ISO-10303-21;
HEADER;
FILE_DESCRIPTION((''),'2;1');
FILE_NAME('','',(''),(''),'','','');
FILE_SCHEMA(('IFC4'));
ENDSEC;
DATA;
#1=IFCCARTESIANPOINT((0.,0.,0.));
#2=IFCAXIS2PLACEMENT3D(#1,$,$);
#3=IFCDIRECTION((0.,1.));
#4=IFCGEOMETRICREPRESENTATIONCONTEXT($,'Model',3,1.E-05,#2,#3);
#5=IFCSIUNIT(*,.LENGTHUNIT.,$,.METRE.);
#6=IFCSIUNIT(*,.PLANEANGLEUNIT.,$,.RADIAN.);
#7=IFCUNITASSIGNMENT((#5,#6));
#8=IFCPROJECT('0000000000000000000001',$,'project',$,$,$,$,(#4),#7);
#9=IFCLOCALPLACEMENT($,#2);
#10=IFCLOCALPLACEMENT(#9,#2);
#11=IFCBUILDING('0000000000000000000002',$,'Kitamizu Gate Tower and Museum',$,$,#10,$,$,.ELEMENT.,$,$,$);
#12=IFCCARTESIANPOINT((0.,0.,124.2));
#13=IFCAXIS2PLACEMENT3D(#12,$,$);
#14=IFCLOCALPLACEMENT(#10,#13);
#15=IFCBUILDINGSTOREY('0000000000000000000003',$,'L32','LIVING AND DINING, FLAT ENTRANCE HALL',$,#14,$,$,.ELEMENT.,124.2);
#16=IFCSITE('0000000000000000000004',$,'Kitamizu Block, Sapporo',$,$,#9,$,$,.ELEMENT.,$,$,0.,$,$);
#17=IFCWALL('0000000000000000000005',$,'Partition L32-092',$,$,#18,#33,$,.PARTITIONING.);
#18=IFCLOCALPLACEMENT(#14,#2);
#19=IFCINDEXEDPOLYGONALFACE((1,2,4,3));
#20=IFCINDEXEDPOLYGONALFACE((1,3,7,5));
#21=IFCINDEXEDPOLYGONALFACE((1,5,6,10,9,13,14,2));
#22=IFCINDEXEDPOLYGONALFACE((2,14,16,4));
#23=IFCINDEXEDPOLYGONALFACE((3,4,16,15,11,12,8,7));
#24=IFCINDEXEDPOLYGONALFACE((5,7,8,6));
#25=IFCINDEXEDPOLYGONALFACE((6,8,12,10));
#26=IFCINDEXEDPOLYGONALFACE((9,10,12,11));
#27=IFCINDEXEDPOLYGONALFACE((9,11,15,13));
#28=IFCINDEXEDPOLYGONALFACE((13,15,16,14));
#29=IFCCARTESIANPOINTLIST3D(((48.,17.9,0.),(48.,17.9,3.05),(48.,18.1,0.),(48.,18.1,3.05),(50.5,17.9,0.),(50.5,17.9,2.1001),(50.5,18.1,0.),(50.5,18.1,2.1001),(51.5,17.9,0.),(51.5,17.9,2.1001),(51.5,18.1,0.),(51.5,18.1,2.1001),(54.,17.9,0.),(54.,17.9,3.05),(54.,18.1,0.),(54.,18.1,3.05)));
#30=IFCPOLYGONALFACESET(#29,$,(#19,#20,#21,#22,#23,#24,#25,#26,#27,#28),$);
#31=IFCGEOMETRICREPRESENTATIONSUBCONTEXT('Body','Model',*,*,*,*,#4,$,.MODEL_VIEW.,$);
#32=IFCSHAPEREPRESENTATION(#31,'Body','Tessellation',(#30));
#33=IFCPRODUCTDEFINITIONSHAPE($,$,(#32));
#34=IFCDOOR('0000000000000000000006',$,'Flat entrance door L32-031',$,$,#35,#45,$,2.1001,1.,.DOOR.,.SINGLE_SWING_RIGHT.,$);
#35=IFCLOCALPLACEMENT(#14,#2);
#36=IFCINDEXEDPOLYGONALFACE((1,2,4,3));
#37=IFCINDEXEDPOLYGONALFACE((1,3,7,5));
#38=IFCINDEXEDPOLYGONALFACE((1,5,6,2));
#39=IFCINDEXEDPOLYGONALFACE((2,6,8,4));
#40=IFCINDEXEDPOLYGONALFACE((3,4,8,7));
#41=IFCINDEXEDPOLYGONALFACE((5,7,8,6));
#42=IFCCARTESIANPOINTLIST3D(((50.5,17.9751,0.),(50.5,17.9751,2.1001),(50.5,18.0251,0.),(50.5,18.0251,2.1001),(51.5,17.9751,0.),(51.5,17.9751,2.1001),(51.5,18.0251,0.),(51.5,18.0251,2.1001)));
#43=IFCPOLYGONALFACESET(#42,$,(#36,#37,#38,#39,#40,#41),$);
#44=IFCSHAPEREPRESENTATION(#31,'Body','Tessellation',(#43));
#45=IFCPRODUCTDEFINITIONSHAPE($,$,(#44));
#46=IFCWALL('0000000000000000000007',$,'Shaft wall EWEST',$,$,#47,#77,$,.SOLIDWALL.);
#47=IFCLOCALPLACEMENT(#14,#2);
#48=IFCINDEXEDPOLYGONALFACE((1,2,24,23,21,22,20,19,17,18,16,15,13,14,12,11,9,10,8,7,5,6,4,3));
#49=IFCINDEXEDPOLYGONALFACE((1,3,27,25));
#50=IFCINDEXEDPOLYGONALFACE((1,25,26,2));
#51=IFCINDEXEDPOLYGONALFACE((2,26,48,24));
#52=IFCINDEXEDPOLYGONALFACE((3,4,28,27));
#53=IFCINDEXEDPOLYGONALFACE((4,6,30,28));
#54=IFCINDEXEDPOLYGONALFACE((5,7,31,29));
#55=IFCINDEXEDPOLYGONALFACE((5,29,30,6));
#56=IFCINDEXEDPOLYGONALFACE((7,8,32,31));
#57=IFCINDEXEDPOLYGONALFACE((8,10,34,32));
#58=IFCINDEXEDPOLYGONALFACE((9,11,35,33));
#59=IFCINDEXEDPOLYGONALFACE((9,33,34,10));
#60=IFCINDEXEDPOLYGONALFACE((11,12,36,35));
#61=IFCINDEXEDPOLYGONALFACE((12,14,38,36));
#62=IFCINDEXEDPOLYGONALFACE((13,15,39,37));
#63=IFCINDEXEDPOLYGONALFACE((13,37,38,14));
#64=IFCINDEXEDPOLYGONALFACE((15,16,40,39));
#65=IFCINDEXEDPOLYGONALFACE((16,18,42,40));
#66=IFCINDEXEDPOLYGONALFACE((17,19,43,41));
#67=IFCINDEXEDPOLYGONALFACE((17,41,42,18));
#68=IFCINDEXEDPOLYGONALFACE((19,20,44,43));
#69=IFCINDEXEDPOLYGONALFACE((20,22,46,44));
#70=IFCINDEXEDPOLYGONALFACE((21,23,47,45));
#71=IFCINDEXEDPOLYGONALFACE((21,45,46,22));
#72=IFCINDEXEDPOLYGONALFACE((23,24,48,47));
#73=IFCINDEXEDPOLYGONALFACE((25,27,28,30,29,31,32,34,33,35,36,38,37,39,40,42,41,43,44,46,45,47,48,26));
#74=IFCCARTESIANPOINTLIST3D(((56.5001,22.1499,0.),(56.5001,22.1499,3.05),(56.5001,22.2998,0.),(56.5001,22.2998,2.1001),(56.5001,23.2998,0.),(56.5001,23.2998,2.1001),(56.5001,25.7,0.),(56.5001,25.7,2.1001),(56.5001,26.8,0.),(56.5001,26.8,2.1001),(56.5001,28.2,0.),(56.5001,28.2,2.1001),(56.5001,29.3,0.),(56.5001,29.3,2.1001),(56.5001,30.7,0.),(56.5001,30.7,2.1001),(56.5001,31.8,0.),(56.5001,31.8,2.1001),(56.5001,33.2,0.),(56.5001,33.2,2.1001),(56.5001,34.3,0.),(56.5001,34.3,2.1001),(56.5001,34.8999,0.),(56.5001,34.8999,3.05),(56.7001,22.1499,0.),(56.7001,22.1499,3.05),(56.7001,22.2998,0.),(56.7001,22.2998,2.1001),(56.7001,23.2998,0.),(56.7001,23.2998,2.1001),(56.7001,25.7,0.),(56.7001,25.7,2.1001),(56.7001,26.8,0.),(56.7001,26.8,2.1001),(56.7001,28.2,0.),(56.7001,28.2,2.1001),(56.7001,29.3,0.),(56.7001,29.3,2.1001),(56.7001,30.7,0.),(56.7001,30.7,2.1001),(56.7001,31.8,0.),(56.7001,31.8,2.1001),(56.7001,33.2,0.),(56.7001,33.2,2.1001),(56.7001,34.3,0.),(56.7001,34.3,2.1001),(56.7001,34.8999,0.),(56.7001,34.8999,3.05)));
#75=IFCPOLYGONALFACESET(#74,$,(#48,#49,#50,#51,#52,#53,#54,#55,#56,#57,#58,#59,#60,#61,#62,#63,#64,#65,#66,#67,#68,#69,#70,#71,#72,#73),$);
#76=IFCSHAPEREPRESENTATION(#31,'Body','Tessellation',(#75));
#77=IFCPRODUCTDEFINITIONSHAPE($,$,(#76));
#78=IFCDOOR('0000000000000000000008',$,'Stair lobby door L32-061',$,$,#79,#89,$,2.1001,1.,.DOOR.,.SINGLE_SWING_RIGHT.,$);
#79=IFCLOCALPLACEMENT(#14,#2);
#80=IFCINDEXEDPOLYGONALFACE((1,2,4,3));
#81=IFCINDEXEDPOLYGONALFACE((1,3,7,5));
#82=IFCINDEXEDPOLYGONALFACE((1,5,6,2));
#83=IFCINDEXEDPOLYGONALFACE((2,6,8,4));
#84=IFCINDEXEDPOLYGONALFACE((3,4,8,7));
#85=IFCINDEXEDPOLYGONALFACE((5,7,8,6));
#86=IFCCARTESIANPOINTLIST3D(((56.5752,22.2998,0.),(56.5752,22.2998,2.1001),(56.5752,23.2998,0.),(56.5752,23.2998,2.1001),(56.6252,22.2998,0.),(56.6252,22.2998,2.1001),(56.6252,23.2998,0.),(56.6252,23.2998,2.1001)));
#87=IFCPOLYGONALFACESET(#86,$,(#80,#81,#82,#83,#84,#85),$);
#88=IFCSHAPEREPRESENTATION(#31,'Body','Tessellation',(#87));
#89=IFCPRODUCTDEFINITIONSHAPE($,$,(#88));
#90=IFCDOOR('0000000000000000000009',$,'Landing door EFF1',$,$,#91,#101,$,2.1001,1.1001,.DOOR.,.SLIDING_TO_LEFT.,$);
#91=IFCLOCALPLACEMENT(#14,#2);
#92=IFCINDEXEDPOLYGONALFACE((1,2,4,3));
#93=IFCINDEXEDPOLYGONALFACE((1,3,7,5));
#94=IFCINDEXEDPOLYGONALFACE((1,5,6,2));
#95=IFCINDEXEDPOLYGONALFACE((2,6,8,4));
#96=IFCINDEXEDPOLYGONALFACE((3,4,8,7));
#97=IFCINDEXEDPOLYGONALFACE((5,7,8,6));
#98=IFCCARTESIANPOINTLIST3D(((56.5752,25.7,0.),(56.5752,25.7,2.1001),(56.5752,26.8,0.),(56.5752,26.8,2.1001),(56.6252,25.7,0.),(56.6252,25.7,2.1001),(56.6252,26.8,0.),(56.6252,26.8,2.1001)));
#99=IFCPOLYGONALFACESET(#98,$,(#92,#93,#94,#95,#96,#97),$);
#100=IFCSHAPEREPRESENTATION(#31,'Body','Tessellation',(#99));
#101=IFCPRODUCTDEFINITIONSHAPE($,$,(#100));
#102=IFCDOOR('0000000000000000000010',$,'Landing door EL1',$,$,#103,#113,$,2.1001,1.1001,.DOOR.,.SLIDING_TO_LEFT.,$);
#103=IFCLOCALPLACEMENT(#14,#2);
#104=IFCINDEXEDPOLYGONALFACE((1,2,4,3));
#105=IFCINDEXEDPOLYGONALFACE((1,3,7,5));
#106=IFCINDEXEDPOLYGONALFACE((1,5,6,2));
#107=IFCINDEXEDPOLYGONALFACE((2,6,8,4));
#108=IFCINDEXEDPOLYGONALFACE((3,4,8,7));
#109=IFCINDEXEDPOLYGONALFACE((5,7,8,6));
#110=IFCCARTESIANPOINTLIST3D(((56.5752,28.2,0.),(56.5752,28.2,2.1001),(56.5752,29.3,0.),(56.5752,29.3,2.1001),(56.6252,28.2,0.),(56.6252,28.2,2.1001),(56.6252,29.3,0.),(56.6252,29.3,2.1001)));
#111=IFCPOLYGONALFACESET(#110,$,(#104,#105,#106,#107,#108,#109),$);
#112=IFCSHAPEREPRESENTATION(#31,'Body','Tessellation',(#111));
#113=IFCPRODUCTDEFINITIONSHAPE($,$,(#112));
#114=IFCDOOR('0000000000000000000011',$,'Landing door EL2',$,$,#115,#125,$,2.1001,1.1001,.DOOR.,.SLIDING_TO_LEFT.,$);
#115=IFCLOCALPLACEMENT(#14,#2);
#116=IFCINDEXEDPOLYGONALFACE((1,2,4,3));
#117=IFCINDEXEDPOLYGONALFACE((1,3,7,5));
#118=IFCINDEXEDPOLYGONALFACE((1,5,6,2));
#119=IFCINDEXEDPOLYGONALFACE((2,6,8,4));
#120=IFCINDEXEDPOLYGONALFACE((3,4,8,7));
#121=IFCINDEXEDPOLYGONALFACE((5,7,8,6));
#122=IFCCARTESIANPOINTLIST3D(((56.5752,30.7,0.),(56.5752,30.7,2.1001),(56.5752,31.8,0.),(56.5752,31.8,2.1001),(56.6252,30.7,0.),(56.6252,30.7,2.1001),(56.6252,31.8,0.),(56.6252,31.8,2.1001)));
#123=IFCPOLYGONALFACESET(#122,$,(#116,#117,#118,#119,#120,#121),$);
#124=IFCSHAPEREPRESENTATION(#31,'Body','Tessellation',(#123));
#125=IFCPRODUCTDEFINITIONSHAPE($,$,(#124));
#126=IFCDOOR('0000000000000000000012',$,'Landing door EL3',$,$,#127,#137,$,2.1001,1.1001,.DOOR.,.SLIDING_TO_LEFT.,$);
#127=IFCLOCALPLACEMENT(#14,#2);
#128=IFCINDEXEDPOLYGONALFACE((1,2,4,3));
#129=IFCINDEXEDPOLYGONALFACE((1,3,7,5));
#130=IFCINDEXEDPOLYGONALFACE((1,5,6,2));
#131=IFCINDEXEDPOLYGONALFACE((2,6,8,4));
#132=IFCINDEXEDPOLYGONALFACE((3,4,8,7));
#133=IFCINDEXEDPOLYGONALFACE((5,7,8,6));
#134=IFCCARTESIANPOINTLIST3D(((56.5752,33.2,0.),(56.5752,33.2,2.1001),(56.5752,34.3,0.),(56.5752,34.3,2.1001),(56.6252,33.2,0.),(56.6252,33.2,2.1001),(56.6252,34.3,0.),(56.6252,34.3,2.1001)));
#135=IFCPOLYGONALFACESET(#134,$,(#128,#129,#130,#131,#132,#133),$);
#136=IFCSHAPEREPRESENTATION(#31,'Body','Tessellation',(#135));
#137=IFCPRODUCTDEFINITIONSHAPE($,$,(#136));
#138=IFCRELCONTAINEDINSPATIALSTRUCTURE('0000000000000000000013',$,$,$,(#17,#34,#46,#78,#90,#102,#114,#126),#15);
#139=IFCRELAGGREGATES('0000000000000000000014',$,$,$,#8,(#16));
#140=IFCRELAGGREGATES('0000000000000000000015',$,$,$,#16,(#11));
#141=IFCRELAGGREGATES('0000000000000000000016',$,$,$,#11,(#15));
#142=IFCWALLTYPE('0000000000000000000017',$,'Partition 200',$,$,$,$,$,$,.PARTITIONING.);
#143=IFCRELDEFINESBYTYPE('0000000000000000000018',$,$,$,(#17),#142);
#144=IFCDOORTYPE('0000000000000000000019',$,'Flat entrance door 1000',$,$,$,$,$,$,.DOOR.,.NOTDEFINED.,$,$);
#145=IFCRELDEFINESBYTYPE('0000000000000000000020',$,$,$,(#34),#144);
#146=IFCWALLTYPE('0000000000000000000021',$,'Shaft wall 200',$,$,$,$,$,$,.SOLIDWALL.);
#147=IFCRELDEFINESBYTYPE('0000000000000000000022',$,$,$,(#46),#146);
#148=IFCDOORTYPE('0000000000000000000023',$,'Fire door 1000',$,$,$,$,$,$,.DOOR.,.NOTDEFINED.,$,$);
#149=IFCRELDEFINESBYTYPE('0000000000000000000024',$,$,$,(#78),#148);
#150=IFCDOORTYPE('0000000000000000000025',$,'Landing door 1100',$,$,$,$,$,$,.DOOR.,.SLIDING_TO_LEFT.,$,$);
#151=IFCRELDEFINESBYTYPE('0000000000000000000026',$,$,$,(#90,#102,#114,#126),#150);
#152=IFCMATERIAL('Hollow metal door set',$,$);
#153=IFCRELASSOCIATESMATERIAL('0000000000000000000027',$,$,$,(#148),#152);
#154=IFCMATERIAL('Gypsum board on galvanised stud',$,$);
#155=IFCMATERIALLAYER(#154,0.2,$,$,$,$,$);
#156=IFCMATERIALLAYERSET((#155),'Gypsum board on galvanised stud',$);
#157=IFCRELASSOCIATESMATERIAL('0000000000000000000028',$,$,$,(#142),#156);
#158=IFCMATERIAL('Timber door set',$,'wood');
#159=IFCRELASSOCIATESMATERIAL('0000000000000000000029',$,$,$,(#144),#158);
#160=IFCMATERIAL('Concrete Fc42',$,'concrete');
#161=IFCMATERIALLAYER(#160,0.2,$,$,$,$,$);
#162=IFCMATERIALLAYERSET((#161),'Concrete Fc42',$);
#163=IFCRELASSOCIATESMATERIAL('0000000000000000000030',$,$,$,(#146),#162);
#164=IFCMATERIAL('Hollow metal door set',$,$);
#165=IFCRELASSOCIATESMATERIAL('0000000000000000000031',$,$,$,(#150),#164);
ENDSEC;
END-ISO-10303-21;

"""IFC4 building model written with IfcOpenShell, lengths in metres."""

from ifc_helpers import new_model, si_unit, direction, frame, frame_2d, origin, place, context, subcontext, project, spatial, rectangle, extrude, material, layer, layer_set, type_object, element, fill, save


model = new_model("IFC4")

# Units and contexts
model_context = context("Model", 3, precision=1e-05, world=origin(), true_north=direction((0.0, 1.0)))
body_context = subcontext(model_context, "Body", "Model", "MODEL_VIEW")
ifc_project = project(units=[si_unit("LENGTHUNIT", "METRE"), si_unit("PLANEANGLEUNIT", "RADIAN")], contexts=[model_context])

# Site, building, storey
site_placement = place(None, origin())
site = spatial("IfcSite", under=ifc_project, at=site_placement, Name="Kitamizu Block, Sapporo", CompositionType="ELEMENT", RefElevation=0.0)
building_placement = place(site_placement, origin())
building = spatial("IfcBuilding", under=site, at=building_placement, Name="Kitamizu Gate Tower and Museum", CompositionType="ELEMENT")
storey_placement = place(building_placement, frame((0.0, 0.0, 124.2)))
storey = spatial("IfcBuildingStorey", under=building, at=storey_placement, Name="L32", Description="LIVING AND DINING, FLAT ENTRANCE HALL", CompositionType="ELEMENT", Elevation=124.2)

# Shared definitions
ifc_material_1 = material(Name="Hollow metal door set")
door_type_1 = type_object("IfcDoorType", Name="Fire door 1000", OperationType="NOTDEFINED", PredefinedType="DOOR", material=ifc_material_1)

# Wall, opening, door
ifc_material_2 = material(Name="Gypsum board on galvanised stud")
ifc_layer_1 = layer(ifc_material_2, 0.2)
ifc_layer_set_1 = layer_set([ifc_layer_1], Name="Gypsum board on galvanised stud")
wall_type_1 = type_object("IfcWallType", Name="Partition 200", PredefinedType="PARTITIONING", material=ifc_layer_set_1)
wall_1_placement = place(storey_placement, frame((54.0, 18.0, 0.0), z_axis=(0.0, 0.0, 1.0), x_axis=(-1.0, 0.0, 0.0)))
wall_1 = element("IfcWall", 1, at=wall_1_placement, inside=storey, type_object=wall_type_1, Name="Partition L32-092", PredefinedType="PARTITIONING", context=body_context, shape_type="SweptSolid", body=[
    extrude(rectangle(XDim=6.0, YDim=0.2, at=frame_2d((3.0, 0.0))), origin(), (0.0, 0.0, 1.0), 3.05),
])
opening_1_placement = place(wall_1_placement, frame((2.5, 0.0, 0.0)))
opening_1 = element("IfcOpeningElement", 2, at=opening_1_placement, cuts=wall_1, PredefinedType="OPENING", context=body_context, shape_type="SweptSolid", body=[
    extrude(rectangle(XDim=1.0, YDim=2.1001, at=frame_2d((0.5, 1.05))), frame((0.0, 0.1099, 0.0), z_axis=(0.0, -1.0, 0.0), x_axis=(1.0, 0.0, 0.0)), (0.0, 0.0, 1.0), 0.22),
])
ifc_material_3 = material(Name="Timber door set", Category="wood")
door_type_2 = type_object("IfcDoorType", Name="Flat entrance door 1000", OperationType="NOTDEFINED", PredefinedType="DOOR", material=ifc_material_3)
door_1_placement = place(opening_1_placement, origin())
door_1 = element("IfcDoor", 3, at=door_1_placement, inside=storey, type_object=door_type_2, Name="Flat entrance door L32-031", OperationType="SINGLE_SWING_RIGHT", OverallHeight=2.1001, OverallWidth=1.0, PredefinedType="DOOR", context=body_context, shape_type="SweptSolid", body=[
    extrude(rectangle(XDim=1.0, YDim=2.1001, at=frame_2d((0.5, 1.05))), frame((0.0, 0.0249, 0.0), z_axis=(0.0, -1.0, 0.0), x_axis=(1.0, 0.0, 0.0)), (0.0, 0.0, 1.0), 0.05),
])
fill(opening_1, door_1)

# Wall, openings, doors
ifc_material_4 = material(Name="Concrete Fc42", Category="concrete")
ifc_layer_2 = layer(ifc_material_4, 0.2)
ifc_layer_set_2 = layer_set([ifc_layer_2], Name="Concrete Fc42")
wall_type_2 = type_object("IfcWallType", Name="Shaft wall 200", PredefinedType="SOLIDWALL", material=ifc_layer_set_2)
wall_2_placement = place(storey_placement, frame((56.6001, 22.1499, 0.0), z_axis=(0.0, 0.0, 1.0), x_axis=(0.0, 1.0, 0.0)))
wall_2 = element("IfcWall", 4, at=wall_2_placement, inside=storey, type_object=wall_type_2, Name="Shaft wall EWEST", PredefinedType="SOLIDWALL", context=body_context, shape_type="SweptSolid", body=[
    extrude(rectangle(XDim=12.75, YDim=0.2, at=frame_2d((6.375, 0.0))), origin(), (0.0, 0.0, 1.0), 3.05),
])
opening_2_placement = place(wall_2_placement, frame((3.55, 0.0, 0.0)))
opening_2 = element("IfcOpeningElement", 5, at=opening_2_placement, cuts=wall_2, PredefinedType="OPENING", context=body_context, shape_type="SweptSolid", body=[
    extrude(rectangle(XDim=1.1001, YDim=2.1001, at=frame_2d((0.55, 1.05))), frame((0.0, 0.1099, 0.0), z_axis=(0.0, -1.0, 0.0), x_axis=(1.0, 0.0, 0.0)), (0.0, 0.0, 1.0), 0.22),
])
opening_3_placement = place(wall_2_placement, frame((6.05, 0.0, 0.0)))
opening_3 = element("IfcOpeningElement", 6, at=opening_3_placement, cuts=wall_2, PredefinedType="OPENING", context=body_context, shape_type="SweptSolid", body=[
    extrude(rectangle(XDim=1.1001, YDim=2.1001, at=frame_2d((0.55, 1.05))), frame((0.0, 0.1099, 0.0), z_axis=(0.0, -1.0, 0.0), x_axis=(1.0, 0.0, 0.0)), (0.0, 0.0, 1.0), 0.22),
])
opening_4_placement = place(wall_2_placement, frame((8.55, 0.0, 0.0)))
opening_4 = element("IfcOpeningElement", 7, at=opening_4_placement, cuts=wall_2, PredefinedType="OPENING", context=body_context, shape_type="SweptSolid", body=[
    extrude(rectangle(XDim=1.1001, YDim=2.1001, at=frame_2d((0.55, 1.05))), frame((0.0, 0.1099, 0.0), z_axis=(0.0, -1.0, 0.0), x_axis=(1.0, 0.0, 0.0)), (0.0, 0.0, 1.0), 0.22),
])
opening_5_placement = place(wall_2_placement, frame((11.05, 0.0, 0.0)))
opening_5 = element("IfcOpeningElement", 8, at=opening_5_placement, cuts=wall_2, PredefinedType="OPENING", context=body_context, shape_type="SweptSolid", body=[
    extrude(rectangle(XDim=1.1001, YDim=2.1001, at=frame_2d((0.55, 1.05))), frame((0.0, 0.1099, 0.0), z_axis=(0.0, -1.0, 0.0), x_axis=(1.0, 0.0, 0.0)), (0.0, 0.0, 1.0), 0.22),
])
opening_6_placement = place(wall_2_placement, frame((0.1499, 0.0, 0.0)))
opening_6 = element("IfcOpeningElement", 9, at=opening_6_placement, cuts=wall_2, PredefinedType="OPENING", context=body_context, shape_type="SweptSolid", body=[
    extrude(rectangle(XDim=1.0, YDim=2.1001, at=frame_2d((0.5, 1.05))), frame((0.0, 0.1099, 0.0), z_axis=(0.0, -1.0, 0.0), x_axis=(1.0, 0.0, 0.0)), (0.0, 0.0, 1.0), 0.22),
])
door_2_placement = place(opening_6_placement, origin())
door_2 = element("IfcDoor", 10, at=door_2_placement, inside=storey, type_object=door_type_1, Name="Stair lobby door L32-061", OperationType="SINGLE_SWING_RIGHT", OverallHeight=2.1001, OverallWidth=1.0, PredefinedType="DOOR", context=body_context, shape_type="SweptSolid", body=[
    extrude(rectangle(XDim=1.0, YDim=2.1001, at=frame_2d((0.5, 1.05))), frame((0.0, 0.0249, 0.0), z_axis=(0.0, -1.0, 0.0), x_axis=(1.0, 0.0, 0.0)), (0.0, 0.0, 1.0), 0.05),
])
fill(opening_6, door_2)
ifc_material_5 = material(Name="Hollow metal door set")
door_type_3 = type_object("IfcDoorType", Name="Landing door 1100", OperationType="SLIDING_TO_LEFT", PredefinedType="DOOR", material=ifc_material_5)
door_3_placement = place(opening_2_placement, origin())
door_3 = element("IfcDoor", 11, at=door_3_placement, inside=storey, type_object=door_type_3, Name="Landing door EFF1", OperationType="SLIDING_TO_LEFT", OverallHeight=2.1001, OverallWidth=1.1001, PredefinedType="DOOR", context=body_context, shape_type="SweptSolid", body=[
    extrude(rectangle(XDim=1.1001, YDim=2.1001, at=frame_2d((0.55, 1.05))), frame((0.0, 0.0249, 0.0), z_axis=(0.0, -1.0, 0.0), x_axis=(1.0, 0.0, 0.0)), (0.0, 0.0, 1.0), 0.05),
])
fill(opening_2, door_3)
door_4_placement = place(opening_3_placement, origin())
door_4 = element("IfcDoor", 12, at=door_4_placement, inside=storey, type_object=door_type_3, Name="Landing door EL1", OperationType="SLIDING_TO_LEFT", OverallHeight=2.1001, OverallWidth=1.1001, PredefinedType="DOOR", context=body_context, shape_type="SweptSolid", body=[
    extrude(rectangle(XDim=1.1001, YDim=2.1001, at=frame_2d((0.55, 1.05))), frame((0.0, 0.0249, 0.0), z_axis=(0.0, -1.0, 0.0), x_axis=(1.0, 0.0, 0.0)), (0.0, 0.0, 1.0), 0.05),
])
fill(opening_3, door_4)
door_5_placement = place(opening_4_placement, origin())
door_5 = element("IfcDoor", 13, at=door_5_placement, inside=storey, type_object=door_type_3, Name="Landing door EL2", OperationType="SLIDING_TO_LEFT", OverallHeight=2.1001, OverallWidth=1.1001, PredefinedType="DOOR", context=body_context, shape_type="SweptSolid", body=[
    extrude(rectangle(XDim=1.1001, YDim=2.1001, at=frame_2d((0.55, 1.05))), frame((0.0, 0.0249, 0.0), z_axis=(0.0, -1.0, 0.0), x_axis=(1.0, 0.0, 0.0)), (0.0, 0.0, 1.0), 0.05),
])
fill(opening_4, door_5)
door_6_placement = place(opening_5_placement, origin())
door_6 = element("IfcDoor", 14, at=door_6_placement, inside=storey, type_object=door_type_3, Name="Landing door EL3", OperationType="SLIDING_TO_LEFT", OverallHeight=2.1001, OverallWidth=1.1001, PredefinedType="DOOR", context=body_context, shape_type="SweptSolid", body=[
    extrude(rectangle(XDim=1.1001, YDim=2.1001, at=frame_2d((0.55, 1.05))), frame((0.0, 0.0249, 0.0), z_axis=(0.0, -1.0, 0.0), x_axis=(1.0, 0.0, 0.0)), (0.0, 0.0, 1.0), 0.05),
])
fill(opening_5, door_6)

save(model, "model.ifc")
